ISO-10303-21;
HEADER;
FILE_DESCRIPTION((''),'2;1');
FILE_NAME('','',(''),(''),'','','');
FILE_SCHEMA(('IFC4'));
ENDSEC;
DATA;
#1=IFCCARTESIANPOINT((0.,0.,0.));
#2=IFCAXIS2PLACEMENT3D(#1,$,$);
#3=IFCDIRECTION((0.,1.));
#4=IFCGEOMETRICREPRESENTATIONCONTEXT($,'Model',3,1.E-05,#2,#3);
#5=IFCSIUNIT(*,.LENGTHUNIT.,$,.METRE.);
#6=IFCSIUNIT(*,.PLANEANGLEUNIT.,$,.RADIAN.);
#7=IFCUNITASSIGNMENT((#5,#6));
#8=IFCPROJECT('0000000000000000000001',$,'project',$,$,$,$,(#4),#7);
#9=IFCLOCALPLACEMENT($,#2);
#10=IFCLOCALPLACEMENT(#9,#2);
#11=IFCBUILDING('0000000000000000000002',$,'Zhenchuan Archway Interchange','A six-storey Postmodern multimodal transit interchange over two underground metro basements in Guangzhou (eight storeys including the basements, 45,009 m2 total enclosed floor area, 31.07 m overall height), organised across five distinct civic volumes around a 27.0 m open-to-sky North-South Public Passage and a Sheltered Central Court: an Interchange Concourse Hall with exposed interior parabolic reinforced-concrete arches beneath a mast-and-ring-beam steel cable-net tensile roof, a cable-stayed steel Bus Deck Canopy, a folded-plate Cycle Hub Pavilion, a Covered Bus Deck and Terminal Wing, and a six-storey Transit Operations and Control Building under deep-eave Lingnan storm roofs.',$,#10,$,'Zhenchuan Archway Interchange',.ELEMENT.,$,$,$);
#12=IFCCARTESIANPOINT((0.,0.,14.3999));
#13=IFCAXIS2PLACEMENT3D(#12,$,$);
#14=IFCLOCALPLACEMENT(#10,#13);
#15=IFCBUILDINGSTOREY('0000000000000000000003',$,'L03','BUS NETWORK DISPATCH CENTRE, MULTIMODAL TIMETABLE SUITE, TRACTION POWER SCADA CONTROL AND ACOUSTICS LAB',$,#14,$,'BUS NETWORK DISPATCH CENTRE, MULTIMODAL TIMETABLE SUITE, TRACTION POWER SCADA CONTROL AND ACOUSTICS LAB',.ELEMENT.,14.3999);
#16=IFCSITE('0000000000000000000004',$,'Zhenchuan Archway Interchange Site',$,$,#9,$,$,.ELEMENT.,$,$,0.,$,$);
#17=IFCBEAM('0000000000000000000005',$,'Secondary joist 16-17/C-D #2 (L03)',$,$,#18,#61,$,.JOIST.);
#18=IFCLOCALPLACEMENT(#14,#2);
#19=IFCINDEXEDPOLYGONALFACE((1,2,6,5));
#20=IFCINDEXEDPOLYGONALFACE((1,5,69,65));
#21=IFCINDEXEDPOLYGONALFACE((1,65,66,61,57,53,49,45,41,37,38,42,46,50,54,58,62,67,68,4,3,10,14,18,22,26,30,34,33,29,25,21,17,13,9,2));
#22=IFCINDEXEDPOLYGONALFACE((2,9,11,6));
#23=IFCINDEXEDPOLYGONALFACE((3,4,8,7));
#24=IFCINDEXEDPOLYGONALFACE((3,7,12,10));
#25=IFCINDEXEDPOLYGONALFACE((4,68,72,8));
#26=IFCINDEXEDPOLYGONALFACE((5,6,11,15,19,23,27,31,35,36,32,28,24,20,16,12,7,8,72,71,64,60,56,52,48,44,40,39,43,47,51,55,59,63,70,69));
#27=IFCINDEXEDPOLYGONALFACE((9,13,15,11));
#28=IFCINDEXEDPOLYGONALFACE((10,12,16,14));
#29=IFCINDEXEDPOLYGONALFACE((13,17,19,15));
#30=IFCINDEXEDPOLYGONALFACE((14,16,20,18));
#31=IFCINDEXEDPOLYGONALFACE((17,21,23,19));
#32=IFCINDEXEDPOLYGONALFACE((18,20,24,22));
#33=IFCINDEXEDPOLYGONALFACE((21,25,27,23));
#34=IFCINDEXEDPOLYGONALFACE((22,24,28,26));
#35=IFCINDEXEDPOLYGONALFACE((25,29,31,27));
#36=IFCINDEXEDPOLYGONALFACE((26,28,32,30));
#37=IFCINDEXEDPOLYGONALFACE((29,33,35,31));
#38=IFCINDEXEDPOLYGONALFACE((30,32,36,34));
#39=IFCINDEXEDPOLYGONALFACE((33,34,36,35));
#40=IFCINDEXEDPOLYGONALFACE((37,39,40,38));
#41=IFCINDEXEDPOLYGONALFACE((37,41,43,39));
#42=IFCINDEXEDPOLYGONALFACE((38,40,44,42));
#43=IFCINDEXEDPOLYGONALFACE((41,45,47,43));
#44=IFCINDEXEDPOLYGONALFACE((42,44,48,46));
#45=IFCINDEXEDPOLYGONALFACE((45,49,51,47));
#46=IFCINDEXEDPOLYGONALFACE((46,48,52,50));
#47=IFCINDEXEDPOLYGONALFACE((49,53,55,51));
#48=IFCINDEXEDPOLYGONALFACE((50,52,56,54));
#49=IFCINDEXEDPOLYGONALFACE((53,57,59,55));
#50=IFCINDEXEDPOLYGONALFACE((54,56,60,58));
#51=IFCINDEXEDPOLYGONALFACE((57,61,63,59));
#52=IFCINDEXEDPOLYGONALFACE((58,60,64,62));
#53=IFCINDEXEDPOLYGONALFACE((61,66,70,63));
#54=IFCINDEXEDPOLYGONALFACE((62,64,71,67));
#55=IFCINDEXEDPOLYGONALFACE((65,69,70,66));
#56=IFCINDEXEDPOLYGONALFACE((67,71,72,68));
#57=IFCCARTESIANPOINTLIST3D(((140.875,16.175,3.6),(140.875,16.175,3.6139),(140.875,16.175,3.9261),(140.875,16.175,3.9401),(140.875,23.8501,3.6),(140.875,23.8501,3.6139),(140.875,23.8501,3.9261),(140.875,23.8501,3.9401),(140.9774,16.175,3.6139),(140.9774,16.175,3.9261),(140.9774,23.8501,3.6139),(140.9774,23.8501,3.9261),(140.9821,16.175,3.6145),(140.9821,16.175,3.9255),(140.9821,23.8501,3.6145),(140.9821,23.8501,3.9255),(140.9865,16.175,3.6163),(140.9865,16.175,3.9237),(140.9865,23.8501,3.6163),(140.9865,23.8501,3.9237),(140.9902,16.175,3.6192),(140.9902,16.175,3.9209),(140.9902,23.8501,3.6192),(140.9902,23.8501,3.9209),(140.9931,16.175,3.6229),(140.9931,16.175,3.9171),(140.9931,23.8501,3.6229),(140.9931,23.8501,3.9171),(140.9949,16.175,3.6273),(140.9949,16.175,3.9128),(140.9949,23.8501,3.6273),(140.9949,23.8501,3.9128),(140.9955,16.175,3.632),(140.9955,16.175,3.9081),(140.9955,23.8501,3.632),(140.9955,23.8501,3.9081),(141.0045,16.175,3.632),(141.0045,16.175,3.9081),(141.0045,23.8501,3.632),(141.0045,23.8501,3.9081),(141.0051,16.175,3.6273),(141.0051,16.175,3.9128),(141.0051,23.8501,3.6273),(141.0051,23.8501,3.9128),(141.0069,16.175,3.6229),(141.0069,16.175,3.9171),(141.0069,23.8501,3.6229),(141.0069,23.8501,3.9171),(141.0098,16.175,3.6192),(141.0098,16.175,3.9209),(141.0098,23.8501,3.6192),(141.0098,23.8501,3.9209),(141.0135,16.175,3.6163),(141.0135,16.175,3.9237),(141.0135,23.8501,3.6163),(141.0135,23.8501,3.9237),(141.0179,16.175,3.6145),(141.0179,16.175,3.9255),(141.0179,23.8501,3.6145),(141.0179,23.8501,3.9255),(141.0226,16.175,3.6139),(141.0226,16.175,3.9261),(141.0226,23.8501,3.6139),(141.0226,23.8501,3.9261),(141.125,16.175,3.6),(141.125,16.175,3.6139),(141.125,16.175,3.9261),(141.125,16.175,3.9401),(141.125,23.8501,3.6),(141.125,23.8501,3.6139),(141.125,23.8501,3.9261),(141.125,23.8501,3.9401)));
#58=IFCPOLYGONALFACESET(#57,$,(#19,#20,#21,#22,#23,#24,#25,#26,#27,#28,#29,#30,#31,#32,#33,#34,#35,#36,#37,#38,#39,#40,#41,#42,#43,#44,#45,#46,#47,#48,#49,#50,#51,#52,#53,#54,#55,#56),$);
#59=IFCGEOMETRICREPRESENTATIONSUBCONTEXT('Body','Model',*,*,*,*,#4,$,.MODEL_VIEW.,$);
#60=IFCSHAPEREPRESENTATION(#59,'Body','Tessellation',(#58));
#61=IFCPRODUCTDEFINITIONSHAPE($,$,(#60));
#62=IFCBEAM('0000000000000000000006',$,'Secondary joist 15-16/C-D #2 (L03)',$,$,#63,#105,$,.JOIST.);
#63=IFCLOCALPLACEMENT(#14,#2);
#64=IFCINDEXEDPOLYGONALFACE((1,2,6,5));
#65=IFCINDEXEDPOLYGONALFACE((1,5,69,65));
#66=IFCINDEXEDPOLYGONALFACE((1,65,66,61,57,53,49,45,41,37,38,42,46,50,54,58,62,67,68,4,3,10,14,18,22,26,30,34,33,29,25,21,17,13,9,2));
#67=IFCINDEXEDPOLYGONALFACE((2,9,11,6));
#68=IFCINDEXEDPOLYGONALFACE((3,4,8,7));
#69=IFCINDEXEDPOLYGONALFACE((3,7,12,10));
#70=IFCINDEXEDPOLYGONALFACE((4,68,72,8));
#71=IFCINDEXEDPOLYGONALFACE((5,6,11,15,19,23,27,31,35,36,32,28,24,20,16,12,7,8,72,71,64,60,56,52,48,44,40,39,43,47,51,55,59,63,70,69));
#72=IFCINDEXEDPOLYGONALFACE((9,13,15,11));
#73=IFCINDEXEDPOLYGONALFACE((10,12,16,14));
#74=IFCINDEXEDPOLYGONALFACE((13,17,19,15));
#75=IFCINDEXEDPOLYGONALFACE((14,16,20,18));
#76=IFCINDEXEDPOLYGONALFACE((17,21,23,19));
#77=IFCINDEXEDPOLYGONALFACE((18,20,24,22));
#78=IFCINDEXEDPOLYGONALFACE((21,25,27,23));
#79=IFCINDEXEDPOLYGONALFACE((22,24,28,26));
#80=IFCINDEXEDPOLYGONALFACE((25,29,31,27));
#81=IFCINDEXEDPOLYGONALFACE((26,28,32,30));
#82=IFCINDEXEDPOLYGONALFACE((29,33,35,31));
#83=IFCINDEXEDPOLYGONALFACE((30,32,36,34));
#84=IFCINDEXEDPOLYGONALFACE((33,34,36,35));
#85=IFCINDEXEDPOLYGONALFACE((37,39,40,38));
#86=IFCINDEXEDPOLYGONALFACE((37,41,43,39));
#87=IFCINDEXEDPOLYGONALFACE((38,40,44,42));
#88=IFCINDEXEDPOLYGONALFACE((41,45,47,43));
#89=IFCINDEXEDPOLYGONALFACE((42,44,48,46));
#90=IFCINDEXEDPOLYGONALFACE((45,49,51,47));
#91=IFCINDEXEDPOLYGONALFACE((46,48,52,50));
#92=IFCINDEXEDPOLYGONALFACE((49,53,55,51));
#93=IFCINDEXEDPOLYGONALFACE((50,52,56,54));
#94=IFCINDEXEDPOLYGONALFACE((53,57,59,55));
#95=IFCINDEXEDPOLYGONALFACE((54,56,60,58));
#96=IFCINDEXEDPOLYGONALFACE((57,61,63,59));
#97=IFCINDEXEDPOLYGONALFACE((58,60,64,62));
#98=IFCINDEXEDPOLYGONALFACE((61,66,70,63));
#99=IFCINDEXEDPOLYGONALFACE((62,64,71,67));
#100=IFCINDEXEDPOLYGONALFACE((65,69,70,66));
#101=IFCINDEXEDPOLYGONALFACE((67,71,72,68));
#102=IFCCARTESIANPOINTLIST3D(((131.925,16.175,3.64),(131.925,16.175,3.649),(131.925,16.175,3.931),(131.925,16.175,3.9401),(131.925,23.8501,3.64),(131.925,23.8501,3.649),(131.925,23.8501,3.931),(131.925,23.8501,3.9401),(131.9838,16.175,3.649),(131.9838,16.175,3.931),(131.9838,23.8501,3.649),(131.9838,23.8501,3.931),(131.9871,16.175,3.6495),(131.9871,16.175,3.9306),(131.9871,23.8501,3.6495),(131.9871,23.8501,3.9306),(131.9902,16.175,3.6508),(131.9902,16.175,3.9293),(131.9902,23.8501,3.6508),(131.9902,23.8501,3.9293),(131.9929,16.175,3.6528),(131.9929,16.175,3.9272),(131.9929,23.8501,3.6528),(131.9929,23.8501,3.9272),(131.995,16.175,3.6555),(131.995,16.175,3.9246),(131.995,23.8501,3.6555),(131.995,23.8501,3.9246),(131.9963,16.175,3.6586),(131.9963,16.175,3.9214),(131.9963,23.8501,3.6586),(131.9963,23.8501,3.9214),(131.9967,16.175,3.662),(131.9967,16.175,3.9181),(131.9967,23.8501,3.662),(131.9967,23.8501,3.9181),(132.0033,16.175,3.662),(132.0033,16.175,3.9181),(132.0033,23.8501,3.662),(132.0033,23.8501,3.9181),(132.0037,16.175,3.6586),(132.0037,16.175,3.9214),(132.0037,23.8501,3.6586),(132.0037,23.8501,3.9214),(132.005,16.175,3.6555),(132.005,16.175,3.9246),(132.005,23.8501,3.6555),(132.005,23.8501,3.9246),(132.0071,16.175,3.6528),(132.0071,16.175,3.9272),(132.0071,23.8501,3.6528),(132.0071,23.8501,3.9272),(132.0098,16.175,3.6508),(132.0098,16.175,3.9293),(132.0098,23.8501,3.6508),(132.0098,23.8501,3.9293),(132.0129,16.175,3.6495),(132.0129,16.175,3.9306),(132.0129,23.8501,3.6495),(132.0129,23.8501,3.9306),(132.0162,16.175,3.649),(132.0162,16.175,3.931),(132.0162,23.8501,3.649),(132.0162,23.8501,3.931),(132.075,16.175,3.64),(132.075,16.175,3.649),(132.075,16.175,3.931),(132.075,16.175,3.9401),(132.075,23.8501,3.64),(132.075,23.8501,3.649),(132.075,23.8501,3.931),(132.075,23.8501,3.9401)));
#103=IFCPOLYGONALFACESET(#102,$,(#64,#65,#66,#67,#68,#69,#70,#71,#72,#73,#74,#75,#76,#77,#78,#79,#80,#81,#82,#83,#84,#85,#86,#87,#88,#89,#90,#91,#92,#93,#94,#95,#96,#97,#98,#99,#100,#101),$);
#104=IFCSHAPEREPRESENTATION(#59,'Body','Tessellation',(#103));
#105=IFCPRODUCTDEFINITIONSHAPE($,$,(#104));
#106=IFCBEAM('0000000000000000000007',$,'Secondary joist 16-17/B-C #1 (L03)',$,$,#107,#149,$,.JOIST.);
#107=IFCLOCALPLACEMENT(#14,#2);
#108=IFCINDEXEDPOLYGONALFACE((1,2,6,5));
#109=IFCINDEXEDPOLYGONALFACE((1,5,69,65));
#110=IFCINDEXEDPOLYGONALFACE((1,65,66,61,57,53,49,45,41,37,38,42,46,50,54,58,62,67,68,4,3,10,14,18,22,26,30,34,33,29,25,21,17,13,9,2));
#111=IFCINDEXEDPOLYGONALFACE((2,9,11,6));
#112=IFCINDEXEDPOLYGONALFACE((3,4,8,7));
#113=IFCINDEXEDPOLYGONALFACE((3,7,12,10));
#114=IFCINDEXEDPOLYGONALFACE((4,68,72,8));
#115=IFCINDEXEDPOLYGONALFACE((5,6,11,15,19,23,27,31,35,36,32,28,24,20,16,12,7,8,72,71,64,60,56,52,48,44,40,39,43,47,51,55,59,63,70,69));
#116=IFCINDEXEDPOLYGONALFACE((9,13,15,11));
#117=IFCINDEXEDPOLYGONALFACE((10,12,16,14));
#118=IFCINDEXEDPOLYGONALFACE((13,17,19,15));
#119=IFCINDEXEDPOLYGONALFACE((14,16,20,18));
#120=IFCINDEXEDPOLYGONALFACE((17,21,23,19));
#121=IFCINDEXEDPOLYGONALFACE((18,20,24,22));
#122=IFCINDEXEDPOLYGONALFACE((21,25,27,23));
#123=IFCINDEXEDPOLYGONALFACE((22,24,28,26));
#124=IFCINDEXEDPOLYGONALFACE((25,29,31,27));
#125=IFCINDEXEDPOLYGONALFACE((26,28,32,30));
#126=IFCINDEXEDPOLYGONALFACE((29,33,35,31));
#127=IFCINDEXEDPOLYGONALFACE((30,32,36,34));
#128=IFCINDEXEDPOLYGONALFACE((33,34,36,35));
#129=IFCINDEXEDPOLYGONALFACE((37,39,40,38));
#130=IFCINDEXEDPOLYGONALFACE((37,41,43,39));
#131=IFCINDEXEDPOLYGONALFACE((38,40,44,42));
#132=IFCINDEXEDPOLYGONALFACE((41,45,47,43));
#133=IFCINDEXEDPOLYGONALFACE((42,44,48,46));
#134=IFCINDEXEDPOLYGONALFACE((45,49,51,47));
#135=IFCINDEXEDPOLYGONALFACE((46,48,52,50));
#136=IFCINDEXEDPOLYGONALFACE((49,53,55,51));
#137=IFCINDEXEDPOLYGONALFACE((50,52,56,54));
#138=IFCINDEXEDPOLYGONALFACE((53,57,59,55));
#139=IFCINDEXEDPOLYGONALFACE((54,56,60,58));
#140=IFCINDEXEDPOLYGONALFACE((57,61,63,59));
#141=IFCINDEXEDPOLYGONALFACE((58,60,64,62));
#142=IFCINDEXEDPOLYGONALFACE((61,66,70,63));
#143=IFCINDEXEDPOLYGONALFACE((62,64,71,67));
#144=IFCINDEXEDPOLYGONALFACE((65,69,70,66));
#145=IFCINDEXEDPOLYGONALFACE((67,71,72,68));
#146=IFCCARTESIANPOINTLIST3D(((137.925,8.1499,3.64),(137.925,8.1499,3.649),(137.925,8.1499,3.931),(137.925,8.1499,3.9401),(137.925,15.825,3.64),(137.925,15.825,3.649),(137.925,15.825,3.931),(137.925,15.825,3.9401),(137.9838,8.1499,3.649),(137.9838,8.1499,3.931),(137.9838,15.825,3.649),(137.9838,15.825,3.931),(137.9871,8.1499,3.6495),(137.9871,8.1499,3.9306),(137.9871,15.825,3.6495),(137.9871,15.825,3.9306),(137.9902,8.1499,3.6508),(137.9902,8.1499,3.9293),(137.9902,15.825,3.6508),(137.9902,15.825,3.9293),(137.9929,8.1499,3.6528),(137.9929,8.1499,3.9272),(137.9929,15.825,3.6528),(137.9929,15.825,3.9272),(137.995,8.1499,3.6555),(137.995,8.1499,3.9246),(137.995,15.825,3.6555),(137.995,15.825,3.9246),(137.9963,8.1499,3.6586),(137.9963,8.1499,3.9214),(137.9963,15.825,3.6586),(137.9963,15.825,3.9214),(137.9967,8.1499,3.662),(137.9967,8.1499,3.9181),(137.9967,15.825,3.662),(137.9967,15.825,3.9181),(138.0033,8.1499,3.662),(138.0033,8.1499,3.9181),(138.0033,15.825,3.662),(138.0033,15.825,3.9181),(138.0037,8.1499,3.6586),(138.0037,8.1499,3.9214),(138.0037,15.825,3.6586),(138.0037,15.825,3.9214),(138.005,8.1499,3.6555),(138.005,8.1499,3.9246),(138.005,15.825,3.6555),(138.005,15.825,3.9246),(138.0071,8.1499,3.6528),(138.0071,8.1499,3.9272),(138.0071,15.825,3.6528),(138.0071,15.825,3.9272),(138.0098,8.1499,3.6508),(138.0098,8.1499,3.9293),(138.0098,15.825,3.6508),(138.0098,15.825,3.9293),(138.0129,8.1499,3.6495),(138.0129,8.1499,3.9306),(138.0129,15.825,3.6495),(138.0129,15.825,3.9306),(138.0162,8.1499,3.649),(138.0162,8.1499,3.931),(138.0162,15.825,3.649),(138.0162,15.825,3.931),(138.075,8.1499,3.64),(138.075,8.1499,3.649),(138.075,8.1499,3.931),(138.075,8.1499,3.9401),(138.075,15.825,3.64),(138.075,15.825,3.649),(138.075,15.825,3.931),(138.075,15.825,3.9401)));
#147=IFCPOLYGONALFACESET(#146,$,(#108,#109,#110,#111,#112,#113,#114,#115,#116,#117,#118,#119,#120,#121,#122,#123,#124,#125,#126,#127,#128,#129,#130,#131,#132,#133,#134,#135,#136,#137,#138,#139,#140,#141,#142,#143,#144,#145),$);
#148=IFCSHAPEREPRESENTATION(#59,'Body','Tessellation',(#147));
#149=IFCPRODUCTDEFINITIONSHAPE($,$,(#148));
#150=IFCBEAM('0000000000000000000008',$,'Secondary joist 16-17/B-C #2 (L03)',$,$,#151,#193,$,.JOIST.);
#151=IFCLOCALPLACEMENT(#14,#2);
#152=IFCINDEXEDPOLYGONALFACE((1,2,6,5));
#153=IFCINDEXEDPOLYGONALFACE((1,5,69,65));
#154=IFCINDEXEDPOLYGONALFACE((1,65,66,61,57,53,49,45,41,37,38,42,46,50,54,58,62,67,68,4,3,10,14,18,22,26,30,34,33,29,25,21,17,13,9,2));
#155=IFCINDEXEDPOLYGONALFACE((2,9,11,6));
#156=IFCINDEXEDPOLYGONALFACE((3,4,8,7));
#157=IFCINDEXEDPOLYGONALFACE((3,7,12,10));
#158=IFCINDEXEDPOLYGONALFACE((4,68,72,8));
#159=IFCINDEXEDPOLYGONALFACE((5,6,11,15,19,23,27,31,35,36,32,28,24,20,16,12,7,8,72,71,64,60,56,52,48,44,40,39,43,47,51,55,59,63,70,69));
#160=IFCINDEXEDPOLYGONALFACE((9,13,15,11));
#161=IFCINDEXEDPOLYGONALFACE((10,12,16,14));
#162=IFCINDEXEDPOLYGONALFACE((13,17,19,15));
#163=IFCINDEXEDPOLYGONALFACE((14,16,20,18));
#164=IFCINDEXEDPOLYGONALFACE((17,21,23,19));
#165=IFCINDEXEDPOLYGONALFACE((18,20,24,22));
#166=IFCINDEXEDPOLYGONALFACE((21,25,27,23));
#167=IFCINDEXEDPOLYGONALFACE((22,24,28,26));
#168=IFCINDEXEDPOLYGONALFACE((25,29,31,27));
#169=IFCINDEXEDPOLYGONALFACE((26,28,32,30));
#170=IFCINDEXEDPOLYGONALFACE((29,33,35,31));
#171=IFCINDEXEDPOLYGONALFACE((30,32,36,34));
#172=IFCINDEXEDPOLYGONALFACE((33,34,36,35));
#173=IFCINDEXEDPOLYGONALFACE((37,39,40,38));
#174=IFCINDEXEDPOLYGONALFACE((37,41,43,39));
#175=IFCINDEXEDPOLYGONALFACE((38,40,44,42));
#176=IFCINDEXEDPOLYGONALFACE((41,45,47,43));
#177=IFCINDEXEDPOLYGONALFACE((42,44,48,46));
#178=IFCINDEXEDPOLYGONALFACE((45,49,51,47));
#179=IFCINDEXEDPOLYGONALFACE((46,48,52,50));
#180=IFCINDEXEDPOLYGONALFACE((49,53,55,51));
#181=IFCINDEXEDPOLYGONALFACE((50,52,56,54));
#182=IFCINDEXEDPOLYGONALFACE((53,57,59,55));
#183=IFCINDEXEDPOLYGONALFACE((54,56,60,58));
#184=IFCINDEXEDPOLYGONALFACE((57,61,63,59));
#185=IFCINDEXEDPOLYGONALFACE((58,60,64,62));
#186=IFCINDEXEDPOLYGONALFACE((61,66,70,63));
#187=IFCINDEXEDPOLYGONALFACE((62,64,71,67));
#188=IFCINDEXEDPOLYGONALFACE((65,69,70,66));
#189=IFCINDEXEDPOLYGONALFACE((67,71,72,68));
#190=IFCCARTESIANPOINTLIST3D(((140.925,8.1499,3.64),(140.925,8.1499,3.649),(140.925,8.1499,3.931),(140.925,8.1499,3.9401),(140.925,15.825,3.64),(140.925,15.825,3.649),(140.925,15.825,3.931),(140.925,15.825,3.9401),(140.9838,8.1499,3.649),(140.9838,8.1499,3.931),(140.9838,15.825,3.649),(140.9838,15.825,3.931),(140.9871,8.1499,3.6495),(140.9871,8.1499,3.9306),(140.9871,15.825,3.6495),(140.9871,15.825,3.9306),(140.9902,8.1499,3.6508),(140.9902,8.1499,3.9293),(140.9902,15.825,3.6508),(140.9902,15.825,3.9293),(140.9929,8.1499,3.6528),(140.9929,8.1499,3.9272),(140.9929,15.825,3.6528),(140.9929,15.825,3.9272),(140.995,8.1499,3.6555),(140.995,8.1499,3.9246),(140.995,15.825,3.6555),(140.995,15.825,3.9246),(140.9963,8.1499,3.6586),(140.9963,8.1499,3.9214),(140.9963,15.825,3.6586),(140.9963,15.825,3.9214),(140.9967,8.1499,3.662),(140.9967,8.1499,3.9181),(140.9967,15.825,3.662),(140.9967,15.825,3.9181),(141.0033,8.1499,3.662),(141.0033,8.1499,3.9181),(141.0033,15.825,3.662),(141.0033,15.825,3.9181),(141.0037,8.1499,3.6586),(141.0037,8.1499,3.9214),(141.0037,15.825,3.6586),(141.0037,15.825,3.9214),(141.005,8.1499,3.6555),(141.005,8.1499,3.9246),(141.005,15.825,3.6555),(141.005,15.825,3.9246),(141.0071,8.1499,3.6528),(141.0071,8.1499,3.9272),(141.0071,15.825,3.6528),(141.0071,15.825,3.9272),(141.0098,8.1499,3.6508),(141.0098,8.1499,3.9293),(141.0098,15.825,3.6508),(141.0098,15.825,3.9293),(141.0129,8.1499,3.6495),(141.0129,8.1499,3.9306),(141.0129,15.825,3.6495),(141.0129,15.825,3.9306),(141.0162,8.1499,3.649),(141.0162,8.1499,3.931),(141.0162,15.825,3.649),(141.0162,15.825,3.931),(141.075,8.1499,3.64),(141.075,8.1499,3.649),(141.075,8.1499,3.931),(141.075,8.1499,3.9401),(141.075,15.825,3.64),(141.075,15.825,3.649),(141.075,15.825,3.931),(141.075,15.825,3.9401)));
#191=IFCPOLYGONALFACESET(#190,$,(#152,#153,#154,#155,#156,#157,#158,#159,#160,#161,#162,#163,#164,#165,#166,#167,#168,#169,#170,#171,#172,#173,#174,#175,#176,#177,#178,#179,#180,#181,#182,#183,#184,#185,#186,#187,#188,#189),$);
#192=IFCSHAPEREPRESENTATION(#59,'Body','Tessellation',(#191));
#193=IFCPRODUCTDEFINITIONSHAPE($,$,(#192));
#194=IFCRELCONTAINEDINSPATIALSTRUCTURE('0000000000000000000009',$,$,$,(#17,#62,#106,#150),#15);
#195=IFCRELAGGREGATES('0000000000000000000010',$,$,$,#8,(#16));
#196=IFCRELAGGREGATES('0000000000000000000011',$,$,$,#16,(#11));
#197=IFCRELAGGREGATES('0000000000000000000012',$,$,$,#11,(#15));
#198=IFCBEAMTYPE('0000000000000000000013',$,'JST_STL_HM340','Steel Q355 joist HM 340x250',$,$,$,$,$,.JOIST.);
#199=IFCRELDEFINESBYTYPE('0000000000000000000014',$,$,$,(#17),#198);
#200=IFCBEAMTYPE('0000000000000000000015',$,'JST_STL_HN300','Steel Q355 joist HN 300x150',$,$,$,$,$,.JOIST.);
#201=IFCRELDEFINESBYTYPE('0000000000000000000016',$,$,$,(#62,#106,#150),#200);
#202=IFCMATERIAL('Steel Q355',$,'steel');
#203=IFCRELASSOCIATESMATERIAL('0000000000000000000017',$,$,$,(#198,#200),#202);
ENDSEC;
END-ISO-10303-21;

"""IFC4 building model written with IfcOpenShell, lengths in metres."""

from ifc_helpers import new_model, si_unit, direction, frame, origin, origin_2d, place, context, subcontext, project, spatial, i_section, extrude, material, material_profile, profile_set, type_object, element, save


model = new_model("IFC4")

# Units and contexts
model_context = context("Model", 3, precision=1e-05, world=origin(), true_north=direction((0.0, 1.0)))
body_context = subcontext(model_context, "Body", "Model", "MODEL_VIEW")
ifc_project = project(units=[si_unit("LENGTHUNIT", "METRE"), si_unit("PLANEANGLEUNIT", "RADIAN")], contexts=[model_context])

# Site, building, storey
site_placement = place(None, origin())
site = spatial("IfcSite", under=ifc_project, at=site_placement, Name="Zhenchuan Archway Interchange Site", CompositionType="ELEMENT", RefElevation=0.0)
building_placement = place(site_placement, origin())
building = spatial("IfcBuilding", under=site, at=building_placement, Name="Zhenchuan Archway Interchange", Description="A six-storey Postmodern multimodal transit interchange over two underground metro basements in Guangzhou (eight storeys including the basements, 45,009 m2 total enclosed floor area, 31.07 m overall height), organised across five distinct civic volumes around a 27.0 m open-to-sky North-South Public Passage and a Sheltered Central Court: an Interchange Concourse Hall with exposed interior parabolic reinforced-concrete arches beneath a mast-and-ring-beam steel cable-net tensile roof, a cable-stayed steel Bus Deck Canopy, a folded-plate Cycle Hub Pavilion, a Covered Bus Deck and Terminal Wing, and a six-storey Transit Operations and Control Building under deep-eave Lingnan storm roofs.", LongName="Zhenchuan Archway Interchange", CompositionType="ELEMENT")
storey_placement = place(building_placement, frame((0.0, 0.0, 14.3999)))
storey = spatial("IfcBuildingStorey", under=building, at=storey_placement, Name="L03", Description="BUS NETWORK DISPATCH CENTRE, MULTIMODAL TIMETABLE SUITE, TRACTION POWER SCADA CONTROL AND ACOUSTICS LAB", LongName="BUS NETWORK DISPATCH CENTRE, MULTIMODAL TIMETABLE SUITE, TRACTION POWER SCADA CONTROL AND ACOUSTICS LAB", CompositionType="ELEMENT", Elevation=14.3999)

# Beams
ifc_material_1 = material(Name="Steel Q355", Category="steel")
ifc_material_profile_1 = material_profile(ifc_material_1, i_section(OverallWidth=0.25, OverallDepth=0.3401, WebThickness=0.009, FlangeThickness=0.0139, FilletRadius=0.0181, at=origin_2d()), Name="HM 340x250")
ifc_profile_set_1 = profile_set([ifc_material_profile_1], Name="Steel Q355")
beam_type_1 = type_object("IfcBeamType", Name="JST_STL_HM340", Description="Steel Q355 joist HM 340x250", PredefinedType="JOIST", material=ifc_profile_set_1)
for number, where, z_axis, x_axis, name in (
    (1, (141.0, 16.175, 3.77), (0.0, 1.0, 0.0), (-1.0, 0.0, 0.0), "Secondary joist 16-17/C-D #2 (L03)"),
):
    element("IfcBeam", number, at=place(storey_placement, frame(where, z_axis=z_axis, x_axis=x_axis)), inside=storey, type_object=beam_type_1, Name=name, PredefinedType="JOIST", context=body_context, shape_type="SweptSolid", body=[
        extrude(i_section(OverallWidth=0.25, OverallDepth=0.3401, WebThickness=0.009, FlangeThickness=0.0139, FilletRadius=0.0181, at=origin_2d()), origin(), (0.0, 0.0, 1.0), 7.675),
    ])
ifc_material_profile_2 = material_profile(ifc_material_1, i_section(OverallWidth=0.1499, OverallDepth=0.3, WebThickness=0.0066, FlangeThickness=0.009, FilletRadius=0.0129, at=origin_2d()), Name="HN 300x150")
ifc_profile_set_2 = profile_set([ifc_material_profile_2], Name="Steel Q355")
beam_type_2 = type_object("IfcBeamType", Name="JST_STL_HN300", Description="Steel Q355 joist HN 300x150", PredefinedType="JOIST", material=ifc_profile_set_2)
for number, where, z_axis, x_axis, name in (
    (2, (132.0, 16.175, 3.79), (0.0, 1.0, 0.0), (-1.0, 0.0, 0.0), "Secondary joist 15-16/C-D #2 (L03)"),
    (3, (138.0, 8.1499, 3.79), (0.0, 1.0, 0.0), (-1.0, 0.0, 0.0), "Secondary joist 16-17/B-C #1 (L03)"),
    (4, (141.0, 8.1499, 3.79), (0.0, 1.0, 0.0), (-1.0, 0.0, 0.0), "Secondary joist 16-17/B-C #2 (L03)"),
):
    element("IfcBeam", number, at=place(storey_placement, frame(where, z_axis=z_axis, x_axis=x_axis)), inside=storey, type_object=beam_type_2, Name=name, PredefinedType="JOIST", context=body_context, shape_type="SweptSolid", body=[
        extrude(i_section(OverallWidth=0.1499, OverallDepth=0.3, WebThickness=0.0066, FlangeThickness=0.009, FilletRadius=0.0129, at=origin_2d()), origin(), (0.0, 0.0, 1.0), 7.675),
    ])

save(model, "model.ifc")
